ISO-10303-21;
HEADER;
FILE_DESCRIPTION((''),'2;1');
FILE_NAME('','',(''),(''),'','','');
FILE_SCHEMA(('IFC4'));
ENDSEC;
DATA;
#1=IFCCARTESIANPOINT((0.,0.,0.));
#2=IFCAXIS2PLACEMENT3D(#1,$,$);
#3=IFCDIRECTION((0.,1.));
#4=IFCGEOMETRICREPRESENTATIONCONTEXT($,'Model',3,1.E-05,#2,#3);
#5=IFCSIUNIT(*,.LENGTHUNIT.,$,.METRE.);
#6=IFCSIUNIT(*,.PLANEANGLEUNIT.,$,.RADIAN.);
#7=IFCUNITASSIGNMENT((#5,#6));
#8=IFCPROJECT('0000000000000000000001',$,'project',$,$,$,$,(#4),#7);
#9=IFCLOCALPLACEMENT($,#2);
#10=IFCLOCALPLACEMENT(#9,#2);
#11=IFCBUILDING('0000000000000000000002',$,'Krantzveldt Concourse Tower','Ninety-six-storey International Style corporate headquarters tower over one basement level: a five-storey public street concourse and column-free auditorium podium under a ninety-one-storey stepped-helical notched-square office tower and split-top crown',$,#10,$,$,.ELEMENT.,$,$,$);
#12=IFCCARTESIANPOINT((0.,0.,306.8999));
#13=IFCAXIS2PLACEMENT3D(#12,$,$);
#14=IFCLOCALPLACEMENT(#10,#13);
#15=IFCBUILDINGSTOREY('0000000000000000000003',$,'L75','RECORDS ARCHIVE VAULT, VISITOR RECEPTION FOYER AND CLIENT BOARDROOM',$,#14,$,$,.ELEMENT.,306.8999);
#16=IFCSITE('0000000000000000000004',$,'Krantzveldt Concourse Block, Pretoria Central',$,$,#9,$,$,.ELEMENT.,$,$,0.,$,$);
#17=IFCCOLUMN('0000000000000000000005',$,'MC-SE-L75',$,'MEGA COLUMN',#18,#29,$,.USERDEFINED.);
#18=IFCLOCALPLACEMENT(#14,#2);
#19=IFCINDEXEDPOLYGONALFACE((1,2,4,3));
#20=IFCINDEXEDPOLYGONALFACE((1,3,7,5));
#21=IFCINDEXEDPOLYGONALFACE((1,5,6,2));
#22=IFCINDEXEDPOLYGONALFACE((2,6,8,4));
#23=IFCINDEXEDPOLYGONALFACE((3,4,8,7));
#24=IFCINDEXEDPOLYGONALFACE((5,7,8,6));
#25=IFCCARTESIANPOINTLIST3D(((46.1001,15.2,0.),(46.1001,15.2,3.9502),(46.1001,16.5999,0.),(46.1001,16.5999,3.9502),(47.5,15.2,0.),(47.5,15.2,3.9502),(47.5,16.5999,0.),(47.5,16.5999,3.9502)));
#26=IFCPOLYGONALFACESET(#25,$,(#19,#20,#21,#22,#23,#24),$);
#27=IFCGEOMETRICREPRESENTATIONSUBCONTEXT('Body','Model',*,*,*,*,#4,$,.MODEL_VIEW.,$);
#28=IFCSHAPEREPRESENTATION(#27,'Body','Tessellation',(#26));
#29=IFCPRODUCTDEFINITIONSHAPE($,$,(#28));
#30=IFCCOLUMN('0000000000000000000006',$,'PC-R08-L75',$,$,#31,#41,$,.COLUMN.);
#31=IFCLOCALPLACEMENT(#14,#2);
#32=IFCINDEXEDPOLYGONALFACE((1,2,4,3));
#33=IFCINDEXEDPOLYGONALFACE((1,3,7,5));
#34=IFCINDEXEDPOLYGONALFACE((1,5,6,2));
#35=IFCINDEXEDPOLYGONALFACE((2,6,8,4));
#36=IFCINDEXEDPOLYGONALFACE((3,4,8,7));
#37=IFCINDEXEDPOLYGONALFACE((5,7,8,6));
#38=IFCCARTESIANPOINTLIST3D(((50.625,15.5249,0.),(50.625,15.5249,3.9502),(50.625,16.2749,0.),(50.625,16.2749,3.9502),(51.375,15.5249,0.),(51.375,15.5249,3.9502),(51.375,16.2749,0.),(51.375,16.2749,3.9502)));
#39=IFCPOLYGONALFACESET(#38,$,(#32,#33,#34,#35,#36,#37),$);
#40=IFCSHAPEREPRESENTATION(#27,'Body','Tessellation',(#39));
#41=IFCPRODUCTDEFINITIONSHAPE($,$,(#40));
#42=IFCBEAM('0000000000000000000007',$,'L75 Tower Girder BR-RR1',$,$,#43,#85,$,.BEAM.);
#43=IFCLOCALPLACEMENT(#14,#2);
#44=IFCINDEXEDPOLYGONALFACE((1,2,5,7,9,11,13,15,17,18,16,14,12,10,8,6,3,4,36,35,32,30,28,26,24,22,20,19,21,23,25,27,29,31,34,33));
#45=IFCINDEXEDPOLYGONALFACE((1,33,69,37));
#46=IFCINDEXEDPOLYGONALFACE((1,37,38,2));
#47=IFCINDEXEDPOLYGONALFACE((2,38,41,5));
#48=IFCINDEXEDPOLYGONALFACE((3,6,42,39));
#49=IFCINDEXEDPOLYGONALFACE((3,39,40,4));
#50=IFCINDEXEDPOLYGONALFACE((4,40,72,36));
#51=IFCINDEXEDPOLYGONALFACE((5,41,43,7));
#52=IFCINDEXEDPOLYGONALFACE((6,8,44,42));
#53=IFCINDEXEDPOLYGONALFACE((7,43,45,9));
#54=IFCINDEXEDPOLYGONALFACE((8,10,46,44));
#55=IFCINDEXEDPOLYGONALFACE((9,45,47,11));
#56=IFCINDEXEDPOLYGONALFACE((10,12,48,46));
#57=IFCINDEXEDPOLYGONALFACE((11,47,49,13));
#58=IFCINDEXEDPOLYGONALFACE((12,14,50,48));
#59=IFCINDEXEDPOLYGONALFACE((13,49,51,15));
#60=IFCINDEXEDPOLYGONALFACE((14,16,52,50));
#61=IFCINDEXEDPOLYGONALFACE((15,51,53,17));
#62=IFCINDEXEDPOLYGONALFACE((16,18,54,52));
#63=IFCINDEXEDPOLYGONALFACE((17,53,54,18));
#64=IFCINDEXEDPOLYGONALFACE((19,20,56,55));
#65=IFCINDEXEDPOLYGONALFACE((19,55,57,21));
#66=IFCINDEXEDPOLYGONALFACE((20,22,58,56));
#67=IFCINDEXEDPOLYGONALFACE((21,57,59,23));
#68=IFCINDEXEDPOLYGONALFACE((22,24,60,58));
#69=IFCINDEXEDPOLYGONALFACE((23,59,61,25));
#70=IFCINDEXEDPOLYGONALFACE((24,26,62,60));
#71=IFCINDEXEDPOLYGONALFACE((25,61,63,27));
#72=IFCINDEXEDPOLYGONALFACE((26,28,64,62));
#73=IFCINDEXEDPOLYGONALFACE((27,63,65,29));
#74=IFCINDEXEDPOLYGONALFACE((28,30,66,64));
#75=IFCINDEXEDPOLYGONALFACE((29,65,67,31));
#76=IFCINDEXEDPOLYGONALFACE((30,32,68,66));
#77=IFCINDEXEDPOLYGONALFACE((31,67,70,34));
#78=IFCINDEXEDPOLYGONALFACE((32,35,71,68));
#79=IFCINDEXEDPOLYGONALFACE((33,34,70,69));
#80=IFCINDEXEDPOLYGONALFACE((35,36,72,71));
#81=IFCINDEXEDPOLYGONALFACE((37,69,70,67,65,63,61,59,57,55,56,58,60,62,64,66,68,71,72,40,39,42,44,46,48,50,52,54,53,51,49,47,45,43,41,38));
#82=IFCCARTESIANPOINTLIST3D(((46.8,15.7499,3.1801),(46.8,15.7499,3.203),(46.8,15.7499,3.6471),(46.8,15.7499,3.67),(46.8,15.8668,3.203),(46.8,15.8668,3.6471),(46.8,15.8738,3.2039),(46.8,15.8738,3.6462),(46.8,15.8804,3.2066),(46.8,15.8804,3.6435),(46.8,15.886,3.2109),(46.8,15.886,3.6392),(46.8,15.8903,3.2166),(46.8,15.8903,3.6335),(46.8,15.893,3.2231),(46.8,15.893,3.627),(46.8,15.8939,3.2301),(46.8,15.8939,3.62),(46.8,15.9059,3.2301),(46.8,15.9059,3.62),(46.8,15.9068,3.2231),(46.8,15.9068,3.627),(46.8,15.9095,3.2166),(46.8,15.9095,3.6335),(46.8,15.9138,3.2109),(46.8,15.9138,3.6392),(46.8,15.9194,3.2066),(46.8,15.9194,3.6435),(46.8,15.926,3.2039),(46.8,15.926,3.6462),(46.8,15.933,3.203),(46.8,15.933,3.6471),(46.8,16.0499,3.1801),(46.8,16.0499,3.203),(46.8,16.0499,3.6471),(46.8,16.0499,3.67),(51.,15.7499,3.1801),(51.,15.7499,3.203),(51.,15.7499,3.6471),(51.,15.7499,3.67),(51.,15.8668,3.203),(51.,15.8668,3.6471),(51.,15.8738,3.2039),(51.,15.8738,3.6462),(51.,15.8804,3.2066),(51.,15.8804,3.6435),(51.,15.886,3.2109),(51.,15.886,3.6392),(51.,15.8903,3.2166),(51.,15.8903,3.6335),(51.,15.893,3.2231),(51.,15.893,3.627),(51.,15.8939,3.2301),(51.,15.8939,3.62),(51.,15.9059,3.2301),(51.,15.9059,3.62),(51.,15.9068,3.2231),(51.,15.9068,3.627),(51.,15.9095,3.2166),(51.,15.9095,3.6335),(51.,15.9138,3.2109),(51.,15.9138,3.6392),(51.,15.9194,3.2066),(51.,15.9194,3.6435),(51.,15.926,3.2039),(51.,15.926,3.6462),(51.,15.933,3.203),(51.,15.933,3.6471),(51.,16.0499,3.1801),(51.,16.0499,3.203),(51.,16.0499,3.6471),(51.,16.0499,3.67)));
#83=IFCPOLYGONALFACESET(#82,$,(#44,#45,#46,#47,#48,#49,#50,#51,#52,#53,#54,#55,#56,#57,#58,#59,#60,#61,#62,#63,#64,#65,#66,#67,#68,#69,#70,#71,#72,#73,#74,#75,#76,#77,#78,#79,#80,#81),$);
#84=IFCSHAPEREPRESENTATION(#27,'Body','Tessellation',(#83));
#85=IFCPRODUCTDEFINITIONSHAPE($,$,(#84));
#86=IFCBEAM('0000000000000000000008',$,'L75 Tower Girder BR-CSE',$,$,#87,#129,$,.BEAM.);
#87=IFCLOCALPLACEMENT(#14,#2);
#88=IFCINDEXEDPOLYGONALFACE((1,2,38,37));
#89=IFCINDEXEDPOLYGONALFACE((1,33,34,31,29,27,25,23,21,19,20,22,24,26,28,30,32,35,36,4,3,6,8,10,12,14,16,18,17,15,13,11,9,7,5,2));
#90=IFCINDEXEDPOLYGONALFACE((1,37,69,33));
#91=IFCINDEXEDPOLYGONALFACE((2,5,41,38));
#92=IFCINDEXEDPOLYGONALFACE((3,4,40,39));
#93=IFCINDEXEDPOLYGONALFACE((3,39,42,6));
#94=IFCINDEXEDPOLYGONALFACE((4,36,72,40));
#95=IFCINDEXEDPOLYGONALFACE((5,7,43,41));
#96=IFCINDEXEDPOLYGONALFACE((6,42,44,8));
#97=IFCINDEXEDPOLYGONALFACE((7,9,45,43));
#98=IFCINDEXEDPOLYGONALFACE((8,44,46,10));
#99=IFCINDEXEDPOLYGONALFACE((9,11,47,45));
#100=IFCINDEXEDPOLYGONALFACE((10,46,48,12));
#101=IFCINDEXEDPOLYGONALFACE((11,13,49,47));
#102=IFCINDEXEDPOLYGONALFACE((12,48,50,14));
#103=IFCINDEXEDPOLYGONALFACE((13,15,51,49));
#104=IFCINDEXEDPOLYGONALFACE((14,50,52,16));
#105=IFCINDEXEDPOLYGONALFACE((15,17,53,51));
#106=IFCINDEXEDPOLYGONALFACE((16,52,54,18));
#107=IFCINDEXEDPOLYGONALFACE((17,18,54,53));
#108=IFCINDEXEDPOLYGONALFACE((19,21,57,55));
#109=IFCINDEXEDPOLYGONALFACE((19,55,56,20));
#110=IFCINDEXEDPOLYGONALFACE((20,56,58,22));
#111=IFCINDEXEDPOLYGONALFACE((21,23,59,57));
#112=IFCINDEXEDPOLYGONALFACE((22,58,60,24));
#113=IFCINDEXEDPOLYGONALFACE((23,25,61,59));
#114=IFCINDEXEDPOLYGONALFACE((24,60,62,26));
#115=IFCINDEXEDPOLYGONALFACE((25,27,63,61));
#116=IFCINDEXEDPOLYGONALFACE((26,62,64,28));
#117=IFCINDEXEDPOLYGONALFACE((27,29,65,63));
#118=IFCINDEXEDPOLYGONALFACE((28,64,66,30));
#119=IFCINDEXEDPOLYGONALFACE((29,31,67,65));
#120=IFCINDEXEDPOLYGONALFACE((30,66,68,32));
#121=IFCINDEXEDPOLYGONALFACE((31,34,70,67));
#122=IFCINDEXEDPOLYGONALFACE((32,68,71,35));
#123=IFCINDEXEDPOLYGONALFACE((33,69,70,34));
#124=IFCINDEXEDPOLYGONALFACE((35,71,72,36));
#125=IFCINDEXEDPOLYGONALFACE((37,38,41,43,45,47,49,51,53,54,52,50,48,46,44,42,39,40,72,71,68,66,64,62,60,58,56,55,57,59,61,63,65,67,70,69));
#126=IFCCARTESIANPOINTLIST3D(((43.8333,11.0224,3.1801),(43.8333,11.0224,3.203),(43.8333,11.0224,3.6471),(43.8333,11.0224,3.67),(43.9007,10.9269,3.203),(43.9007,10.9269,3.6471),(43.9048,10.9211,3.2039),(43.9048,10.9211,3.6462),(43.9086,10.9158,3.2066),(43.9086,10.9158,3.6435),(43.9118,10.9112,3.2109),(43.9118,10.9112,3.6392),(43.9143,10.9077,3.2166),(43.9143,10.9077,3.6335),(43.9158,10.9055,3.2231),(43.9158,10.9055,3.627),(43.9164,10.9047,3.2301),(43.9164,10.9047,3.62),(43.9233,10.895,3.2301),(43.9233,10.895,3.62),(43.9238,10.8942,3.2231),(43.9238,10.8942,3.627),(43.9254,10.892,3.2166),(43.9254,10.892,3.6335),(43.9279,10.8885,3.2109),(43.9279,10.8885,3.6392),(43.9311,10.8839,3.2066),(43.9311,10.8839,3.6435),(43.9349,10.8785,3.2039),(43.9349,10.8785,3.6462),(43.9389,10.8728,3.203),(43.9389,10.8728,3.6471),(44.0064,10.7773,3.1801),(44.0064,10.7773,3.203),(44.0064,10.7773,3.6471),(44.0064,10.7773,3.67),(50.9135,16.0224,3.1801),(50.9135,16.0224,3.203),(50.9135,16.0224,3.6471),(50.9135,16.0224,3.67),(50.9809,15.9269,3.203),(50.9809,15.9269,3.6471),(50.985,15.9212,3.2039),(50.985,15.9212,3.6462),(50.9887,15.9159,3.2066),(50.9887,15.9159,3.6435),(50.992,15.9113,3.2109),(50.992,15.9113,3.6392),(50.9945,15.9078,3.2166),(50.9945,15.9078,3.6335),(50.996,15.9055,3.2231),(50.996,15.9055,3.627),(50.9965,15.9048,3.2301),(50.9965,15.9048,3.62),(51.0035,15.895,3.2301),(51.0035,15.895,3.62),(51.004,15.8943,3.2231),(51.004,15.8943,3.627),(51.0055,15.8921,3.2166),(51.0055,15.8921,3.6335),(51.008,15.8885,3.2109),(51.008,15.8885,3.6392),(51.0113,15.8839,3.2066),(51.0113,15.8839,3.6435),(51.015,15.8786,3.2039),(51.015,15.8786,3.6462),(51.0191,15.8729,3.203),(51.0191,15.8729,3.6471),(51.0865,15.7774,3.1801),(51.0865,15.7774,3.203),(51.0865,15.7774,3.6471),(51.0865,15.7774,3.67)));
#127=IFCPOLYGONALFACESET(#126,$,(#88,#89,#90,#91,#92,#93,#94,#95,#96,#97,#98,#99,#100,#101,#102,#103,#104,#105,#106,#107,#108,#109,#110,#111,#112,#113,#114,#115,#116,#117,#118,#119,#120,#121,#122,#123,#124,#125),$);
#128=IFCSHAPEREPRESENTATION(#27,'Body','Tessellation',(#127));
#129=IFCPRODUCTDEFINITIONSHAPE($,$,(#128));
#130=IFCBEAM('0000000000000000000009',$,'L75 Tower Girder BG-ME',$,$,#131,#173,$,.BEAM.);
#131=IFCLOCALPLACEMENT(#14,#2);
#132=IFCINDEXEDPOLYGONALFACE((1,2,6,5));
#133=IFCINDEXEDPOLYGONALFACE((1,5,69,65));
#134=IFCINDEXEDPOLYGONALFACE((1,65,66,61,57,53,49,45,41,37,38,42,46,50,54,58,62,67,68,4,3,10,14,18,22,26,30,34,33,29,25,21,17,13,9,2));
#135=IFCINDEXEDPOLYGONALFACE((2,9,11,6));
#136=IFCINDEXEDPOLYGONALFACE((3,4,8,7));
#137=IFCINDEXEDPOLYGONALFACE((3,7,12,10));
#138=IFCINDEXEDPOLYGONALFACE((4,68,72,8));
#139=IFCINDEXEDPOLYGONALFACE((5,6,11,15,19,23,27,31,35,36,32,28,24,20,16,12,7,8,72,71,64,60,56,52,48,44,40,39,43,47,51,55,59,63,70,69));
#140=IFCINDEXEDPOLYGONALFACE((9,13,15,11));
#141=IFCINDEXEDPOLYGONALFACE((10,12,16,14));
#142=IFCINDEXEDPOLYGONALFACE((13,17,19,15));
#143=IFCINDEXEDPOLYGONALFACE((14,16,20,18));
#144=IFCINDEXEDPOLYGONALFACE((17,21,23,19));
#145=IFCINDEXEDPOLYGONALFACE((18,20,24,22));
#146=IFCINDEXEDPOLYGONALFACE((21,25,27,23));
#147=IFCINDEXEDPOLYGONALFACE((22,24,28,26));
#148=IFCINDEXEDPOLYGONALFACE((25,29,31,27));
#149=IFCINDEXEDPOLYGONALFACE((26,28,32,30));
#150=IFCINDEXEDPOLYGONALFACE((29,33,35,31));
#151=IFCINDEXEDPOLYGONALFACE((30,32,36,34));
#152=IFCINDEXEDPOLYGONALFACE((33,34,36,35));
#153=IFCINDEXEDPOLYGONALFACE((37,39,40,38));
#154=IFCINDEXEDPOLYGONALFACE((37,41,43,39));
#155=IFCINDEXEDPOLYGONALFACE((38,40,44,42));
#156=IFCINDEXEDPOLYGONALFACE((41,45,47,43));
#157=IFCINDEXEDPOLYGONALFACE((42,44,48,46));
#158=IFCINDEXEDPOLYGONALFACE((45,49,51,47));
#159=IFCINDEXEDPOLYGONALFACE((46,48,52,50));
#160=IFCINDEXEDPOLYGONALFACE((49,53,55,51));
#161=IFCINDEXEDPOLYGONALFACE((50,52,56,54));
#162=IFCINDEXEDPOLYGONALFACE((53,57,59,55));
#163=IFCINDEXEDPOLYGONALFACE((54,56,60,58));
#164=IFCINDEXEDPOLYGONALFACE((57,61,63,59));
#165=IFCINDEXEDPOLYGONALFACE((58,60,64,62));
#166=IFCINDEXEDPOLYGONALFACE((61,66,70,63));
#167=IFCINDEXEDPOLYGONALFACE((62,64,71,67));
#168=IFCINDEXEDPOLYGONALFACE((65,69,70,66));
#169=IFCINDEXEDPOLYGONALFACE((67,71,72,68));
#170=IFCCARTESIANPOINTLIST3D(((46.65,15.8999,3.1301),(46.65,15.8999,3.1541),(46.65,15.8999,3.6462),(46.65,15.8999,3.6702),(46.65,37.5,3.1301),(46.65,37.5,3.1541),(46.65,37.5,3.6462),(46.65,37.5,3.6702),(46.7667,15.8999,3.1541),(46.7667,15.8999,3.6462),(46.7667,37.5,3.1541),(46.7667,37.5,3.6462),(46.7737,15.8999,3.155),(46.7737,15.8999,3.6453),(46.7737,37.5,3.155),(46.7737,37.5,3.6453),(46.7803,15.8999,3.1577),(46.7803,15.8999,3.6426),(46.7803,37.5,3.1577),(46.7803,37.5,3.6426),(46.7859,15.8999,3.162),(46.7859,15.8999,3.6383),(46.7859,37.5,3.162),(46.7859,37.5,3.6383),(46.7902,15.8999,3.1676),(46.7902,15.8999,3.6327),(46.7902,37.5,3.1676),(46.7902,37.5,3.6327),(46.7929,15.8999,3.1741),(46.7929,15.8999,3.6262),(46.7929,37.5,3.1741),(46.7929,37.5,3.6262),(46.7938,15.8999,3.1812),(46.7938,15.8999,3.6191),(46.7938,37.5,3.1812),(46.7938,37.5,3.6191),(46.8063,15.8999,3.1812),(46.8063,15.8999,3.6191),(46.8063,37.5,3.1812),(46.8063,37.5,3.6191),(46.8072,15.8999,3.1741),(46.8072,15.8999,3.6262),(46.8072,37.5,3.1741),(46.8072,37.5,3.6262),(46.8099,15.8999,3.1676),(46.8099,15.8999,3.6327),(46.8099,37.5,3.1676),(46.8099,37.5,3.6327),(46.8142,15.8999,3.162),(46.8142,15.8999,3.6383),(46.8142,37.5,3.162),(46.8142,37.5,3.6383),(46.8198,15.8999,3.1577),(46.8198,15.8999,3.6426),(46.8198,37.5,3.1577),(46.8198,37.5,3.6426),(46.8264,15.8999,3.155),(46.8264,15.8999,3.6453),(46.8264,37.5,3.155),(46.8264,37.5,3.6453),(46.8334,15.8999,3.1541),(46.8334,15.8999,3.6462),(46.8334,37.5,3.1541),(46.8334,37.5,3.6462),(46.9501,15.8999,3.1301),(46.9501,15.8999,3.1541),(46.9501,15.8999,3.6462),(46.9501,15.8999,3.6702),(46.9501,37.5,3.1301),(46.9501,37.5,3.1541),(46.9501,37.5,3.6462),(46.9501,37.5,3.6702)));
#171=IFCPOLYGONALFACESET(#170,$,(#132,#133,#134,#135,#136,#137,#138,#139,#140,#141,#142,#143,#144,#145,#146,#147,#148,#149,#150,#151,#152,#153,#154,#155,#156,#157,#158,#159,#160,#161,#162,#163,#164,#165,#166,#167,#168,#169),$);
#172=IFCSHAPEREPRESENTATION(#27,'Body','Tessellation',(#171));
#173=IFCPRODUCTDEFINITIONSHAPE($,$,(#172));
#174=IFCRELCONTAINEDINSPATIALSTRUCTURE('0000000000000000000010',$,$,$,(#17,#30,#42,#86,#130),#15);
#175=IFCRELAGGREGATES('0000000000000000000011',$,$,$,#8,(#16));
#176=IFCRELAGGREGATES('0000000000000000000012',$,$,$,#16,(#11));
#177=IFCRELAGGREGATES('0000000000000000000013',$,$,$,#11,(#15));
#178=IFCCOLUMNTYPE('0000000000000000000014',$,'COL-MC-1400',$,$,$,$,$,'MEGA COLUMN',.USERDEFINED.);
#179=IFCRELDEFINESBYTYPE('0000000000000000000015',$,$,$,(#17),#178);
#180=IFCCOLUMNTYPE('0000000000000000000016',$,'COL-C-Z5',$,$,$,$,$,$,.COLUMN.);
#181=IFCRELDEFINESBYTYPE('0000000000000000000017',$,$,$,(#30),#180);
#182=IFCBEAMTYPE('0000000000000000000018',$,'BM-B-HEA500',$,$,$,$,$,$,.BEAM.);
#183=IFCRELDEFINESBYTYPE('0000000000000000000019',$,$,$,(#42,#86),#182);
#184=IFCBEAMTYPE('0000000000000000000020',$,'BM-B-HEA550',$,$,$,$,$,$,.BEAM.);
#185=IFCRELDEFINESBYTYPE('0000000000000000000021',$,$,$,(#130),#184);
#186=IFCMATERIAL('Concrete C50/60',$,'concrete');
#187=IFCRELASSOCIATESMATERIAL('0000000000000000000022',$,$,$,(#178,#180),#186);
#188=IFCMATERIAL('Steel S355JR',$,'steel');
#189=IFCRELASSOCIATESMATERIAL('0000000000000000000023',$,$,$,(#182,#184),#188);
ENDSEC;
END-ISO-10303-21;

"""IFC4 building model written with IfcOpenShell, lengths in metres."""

from ifc_helpers import new_model, si_unit, direction, frame, origin, origin_2d, place, context, subcontext, project, spatial, rectangle, i_section, extrude, source, transform, mapped, material, material_profile, profile_set, type_object, type_shapes, element, save


model = new_model("IFC4")

# Units and contexts
model_context = context("Model", 3, precision=1e-05, world=origin(), true_north=direction((0.0, 1.0)))
body_context = subcontext(model_context, "Body", "Model", "MODEL_VIEW")
ifc_project = project(units=[si_unit("LENGTHUNIT", "METRE"), si_unit("PLANEANGLEUNIT", "RADIAN")], contexts=[model_context])

# Site, building, storey
site_placement = place(None, origin())
site = spatial("IfcSite", under=ifc_project, at=site_placement, Name="Krantzveldt Concourse Block, Pretoria Central", CompositionType="ELEMENT", RefElevation=0.0)
building_placement = place(site_placement, origin())
building = spatial("IfcBuilding", under=site, at=building_placement, Name="Krantzveldt Concourse Tower", Description="Ninety-six-storey International Style corporate headquarters tower over one basement level: a five-storey public street concourse and column-free auditorium podium under a ninety-one-storey stepped-helical notched-square office tower and split-top crown", CompositionType="ELEMENT")
storey_placement = place(building_placement, frame((0.0, 0.0, 306.8999)))
storey = spatial("IfcBuildingStorey", under=building, at=storey_placement, Name="L75", Description="RECORDS ARCHIVE VAULT, VISITOR RECEPTION FOYER AND CLIENT BOARDROOM", CompositionType="ELEMENT", Elevation=306.8999)

# Columns
ifc_material_1 = material(Name="Concrete C50/60", Category="concrete")
ifc_material_profile_1 = material_profile(ifc_material_1, rectangle(XDim=1.3999, YDim=1.3999, at=origin_2d()), Name="Concrete C50/60", Category="concrete")
ifc_profile_set_1 = profile_set([ifc_material_profile_1], Name="Concrete C50/60 - RC 1400x1400")
column_type_1 = type_object("IfcColumnType", Name="COL-MC-1400", ElementType="MEGA COLUMN", PredefinedType="USERDEFINED", material=ifc_profile_set_1)
shared_shape_1 = source(origin(), body_context, "Body", "SweptSolid", [
    extrude(rectangle(XDim=1.3999, YDim=1.3999, at=origin_2d()), origin(), (0.0, 0.0, 1.0), 3.9502),
])
type_shapes(column_type_1, [shared_shape_1])
column_1_placement = place(storey_placement, frame((46.8, 15.8999, 0.0), z_axis=(0.0, 0.0, 1.0), x_axis=(1.0, 0.0, 0.0)))
element("IfcColumn", 1, at=column_1_placement, inside=storey, type_object=column_type_1, Name="MC-SE-L75", ObjectType="MEGA COLUMN", PredefinedType="USERDEFINED", context=body_context, shape_type="MappedRepresentation", body=[
    mapped(shared_shape_1, transform((0.0, 0.0, 0.0), x_axis=(1.0, 0.0, 0.0), y_axis=(0.0, 1.0, 0.0), z_axis=(0.0, 0.0, 1.0), scale=1.0)),
])
ifc_material_profile_2 = material_profile(ifc_material_1, rectangle(XDim=0.75, YDim=0.75, at=origin_2d()), Name="Concrete C50/60", Category="concrete")
ifc_profile_set_2 = profile_set([ifc_material_profile_2], Name="Concrete C50/60 - RC 750x750")
column_type_2 = type_object("IfcColumnType", Name="COL-C-Z5", PredefinedType="COLUMN", material=ifc_profile_set_2)
shared_shape_2 = source(origin(), body_context, "Body", "SweptSolid", [
    extrude(rectangle(XDim=0.75, YDim=0.75, at=origin_2d()), origin(), (0.0, 0.0, 1.0), 3.9502),
])
type_shapes(column_type_2, [shared_shape_2])
column_2_placement = place(storey_placement, frame((51.0, 15.8999, 0.0), z_axis=(0.0, 0.0, 1.0), x_axis=(1.0, 0.0, 0.0)))
element("IfcColumn", 2, at=column_2_placement, inside=storey, type_object=column_type_2, Name="PC-R08-L75", PredefinedType="COLUMN", context=body_context, shape_type="MappedRepresentation", body=[
    mapped(shared_shape_2, transform((0.0, 0.0, 0.0), x_axis=(1.0, 0.0, 0.0), y_axis=(0.0, 1.0, 0.0), z_axis=(0.0, 0.0, 1.0), scale=1.0)),
])

# Beams
ifc_material_2 = material(Name="Steel S355JR", Category="steel")
ifc_material_profile_3 = material_profile(ifc_material_2, i_section(OverallWidth=0.3, OverallDepth=0.49, WebThickness=0.012, FlangeThickness=0.0229, FilletRadius=0.0271, at=origin_2d()), Name="Steel S355JR", Category="steel")
ifc_profile_set_3 = profile_set([ifc_material_profile_3], Name="Steel S355JR - HEA 500")
beam_type_1 = type_object("IfcBeamType", Name="BM-B-HEA500", PredefinedType="BEAM", material=ifc_profile_set_3)
shared_shape_3 = source(origin(), body_context, "Body", "SweptSolid", [
    extrude(i_section(OverallWidth=0.3, OverallDepth=0.49, WebThickness=0.012, FlangeThickness=0.0229, FilletRadius=0.0271, at=origin_2d()), origin(), (0.0, 0.0, 1.0), 4.2),
])
beam_1_placement = place(storey_placement, frame((46.8, 15.8999, 3.425), z_axis=(1.0, 0.0, 0.0), x_axis=(0.0, 1.0, 0.0)))
element("IfcBeam", 3, at=beam_1_placement, inside=storey, type_object=beam_type_1, Name="L75 Tower Girder BR-RR1", PredefinedType="BEAM", context=body_context, shape_type="MappedRepresentation", body=[
    mapped(shared_shape_3, transform((0.0, 0.0, 0.0), x_axis=(1.0, 0.0, 0.0), y_axis=(0.0, 1.0, 0.0), z_axis=(0.0, 0.0, 1.0), scale=1.0)),
])
shared_shape_4 = source(origin(), body_context, "Body", "SweptSolid", [
    extrude(i_section(OverallWidth=0.3, OverallDepth=0.49, WebThickness=0.012, FlangeThickness=0.0229, FilletRadius=0.0271, at=origin_2d()), origin(), (0.0, 0.0, 1.0), 8.6677),
])
type_shapes(beam_type_1, [shared_shape_3, shared_shape_4])
beam_2_placement = place(storey_placement, frame((51.0, 15.8999, 3.425), z_axis=(-0.816843, -0.57686, 0.0), x_axis=(0.57686, -0.816843, 0.0)))
element("IfcBeam", 4, at=beam_2_placement, inside=storey, type_object=beam_type_1, Name="L75 Tower Girder BR-CSE", PredefinedType="BEAM", context=body_context, shape_type="MappedRepresentation", body=[
    mapped(shared_shape_4, transform((0.0, 0.0, 0.0), x_axis=(1.0, 0.0, 0.0), y_axis=(0.0, 1.0, 0.0), z_axis=(0.0, 0.0, 1.0), scale=1.0)),
])
ifc_material_profile_4 = material_profile(ifc_material_2, i_section(OverallWidth=0.3, OverallDepth=0.54, WebThickness=0.0125, FlangeThickness=0.0239, FilletRadius=0.0271, at=origin_2d()), Name="Steel S355JR", Category="steel")
ifc_profile_set_4 = profile_set([ifc_material_profile_4], Name="Steel S355JR - HEA 550")
beam_type_2 = type_object("IfcBeamType", Name="BM-B-HEA550", PredefinedType="BEAM", material=ifc_profile_set_4)
shared_shape_5 = source(origin(), body_context, "Body", "SweptSolid", [
    extrude(i_section(OverallWidth=0.3, OverallDepth=0.54, WebThickness=0.0125, FlangeThickness=0.0239, FilletRadius=0.0271, at=origin_2d()), origin(), (0.0, 0.0, 1.0), 21.6001),
])
beam_3_placement = place(storey_placement, frame((46.8, 15.8999, 3.4001), z_axis=(0.0, 1.0, 0.0), x_axis=(-1.0, 0.0, 0.0)))
element("IfcBeam", 5, at=beam_3_placement, inside=storey, type_object=beam_type_2, Name="L75 Tower Girder BG-ME", PredefinedType="BEAM", context=body_context, shape_type="MappedRepresentation", body=[
    mapped(shared_shape_5, transform((0.0, 0.0, 0.0), x_axis=(1.0, 0.0, 0.0), y_axis=(0.0, 1.0, 0.0), z_axis=(0.0, 0.0, 1.0), scale=1.0)),
])

save(model, "model.ifc")
